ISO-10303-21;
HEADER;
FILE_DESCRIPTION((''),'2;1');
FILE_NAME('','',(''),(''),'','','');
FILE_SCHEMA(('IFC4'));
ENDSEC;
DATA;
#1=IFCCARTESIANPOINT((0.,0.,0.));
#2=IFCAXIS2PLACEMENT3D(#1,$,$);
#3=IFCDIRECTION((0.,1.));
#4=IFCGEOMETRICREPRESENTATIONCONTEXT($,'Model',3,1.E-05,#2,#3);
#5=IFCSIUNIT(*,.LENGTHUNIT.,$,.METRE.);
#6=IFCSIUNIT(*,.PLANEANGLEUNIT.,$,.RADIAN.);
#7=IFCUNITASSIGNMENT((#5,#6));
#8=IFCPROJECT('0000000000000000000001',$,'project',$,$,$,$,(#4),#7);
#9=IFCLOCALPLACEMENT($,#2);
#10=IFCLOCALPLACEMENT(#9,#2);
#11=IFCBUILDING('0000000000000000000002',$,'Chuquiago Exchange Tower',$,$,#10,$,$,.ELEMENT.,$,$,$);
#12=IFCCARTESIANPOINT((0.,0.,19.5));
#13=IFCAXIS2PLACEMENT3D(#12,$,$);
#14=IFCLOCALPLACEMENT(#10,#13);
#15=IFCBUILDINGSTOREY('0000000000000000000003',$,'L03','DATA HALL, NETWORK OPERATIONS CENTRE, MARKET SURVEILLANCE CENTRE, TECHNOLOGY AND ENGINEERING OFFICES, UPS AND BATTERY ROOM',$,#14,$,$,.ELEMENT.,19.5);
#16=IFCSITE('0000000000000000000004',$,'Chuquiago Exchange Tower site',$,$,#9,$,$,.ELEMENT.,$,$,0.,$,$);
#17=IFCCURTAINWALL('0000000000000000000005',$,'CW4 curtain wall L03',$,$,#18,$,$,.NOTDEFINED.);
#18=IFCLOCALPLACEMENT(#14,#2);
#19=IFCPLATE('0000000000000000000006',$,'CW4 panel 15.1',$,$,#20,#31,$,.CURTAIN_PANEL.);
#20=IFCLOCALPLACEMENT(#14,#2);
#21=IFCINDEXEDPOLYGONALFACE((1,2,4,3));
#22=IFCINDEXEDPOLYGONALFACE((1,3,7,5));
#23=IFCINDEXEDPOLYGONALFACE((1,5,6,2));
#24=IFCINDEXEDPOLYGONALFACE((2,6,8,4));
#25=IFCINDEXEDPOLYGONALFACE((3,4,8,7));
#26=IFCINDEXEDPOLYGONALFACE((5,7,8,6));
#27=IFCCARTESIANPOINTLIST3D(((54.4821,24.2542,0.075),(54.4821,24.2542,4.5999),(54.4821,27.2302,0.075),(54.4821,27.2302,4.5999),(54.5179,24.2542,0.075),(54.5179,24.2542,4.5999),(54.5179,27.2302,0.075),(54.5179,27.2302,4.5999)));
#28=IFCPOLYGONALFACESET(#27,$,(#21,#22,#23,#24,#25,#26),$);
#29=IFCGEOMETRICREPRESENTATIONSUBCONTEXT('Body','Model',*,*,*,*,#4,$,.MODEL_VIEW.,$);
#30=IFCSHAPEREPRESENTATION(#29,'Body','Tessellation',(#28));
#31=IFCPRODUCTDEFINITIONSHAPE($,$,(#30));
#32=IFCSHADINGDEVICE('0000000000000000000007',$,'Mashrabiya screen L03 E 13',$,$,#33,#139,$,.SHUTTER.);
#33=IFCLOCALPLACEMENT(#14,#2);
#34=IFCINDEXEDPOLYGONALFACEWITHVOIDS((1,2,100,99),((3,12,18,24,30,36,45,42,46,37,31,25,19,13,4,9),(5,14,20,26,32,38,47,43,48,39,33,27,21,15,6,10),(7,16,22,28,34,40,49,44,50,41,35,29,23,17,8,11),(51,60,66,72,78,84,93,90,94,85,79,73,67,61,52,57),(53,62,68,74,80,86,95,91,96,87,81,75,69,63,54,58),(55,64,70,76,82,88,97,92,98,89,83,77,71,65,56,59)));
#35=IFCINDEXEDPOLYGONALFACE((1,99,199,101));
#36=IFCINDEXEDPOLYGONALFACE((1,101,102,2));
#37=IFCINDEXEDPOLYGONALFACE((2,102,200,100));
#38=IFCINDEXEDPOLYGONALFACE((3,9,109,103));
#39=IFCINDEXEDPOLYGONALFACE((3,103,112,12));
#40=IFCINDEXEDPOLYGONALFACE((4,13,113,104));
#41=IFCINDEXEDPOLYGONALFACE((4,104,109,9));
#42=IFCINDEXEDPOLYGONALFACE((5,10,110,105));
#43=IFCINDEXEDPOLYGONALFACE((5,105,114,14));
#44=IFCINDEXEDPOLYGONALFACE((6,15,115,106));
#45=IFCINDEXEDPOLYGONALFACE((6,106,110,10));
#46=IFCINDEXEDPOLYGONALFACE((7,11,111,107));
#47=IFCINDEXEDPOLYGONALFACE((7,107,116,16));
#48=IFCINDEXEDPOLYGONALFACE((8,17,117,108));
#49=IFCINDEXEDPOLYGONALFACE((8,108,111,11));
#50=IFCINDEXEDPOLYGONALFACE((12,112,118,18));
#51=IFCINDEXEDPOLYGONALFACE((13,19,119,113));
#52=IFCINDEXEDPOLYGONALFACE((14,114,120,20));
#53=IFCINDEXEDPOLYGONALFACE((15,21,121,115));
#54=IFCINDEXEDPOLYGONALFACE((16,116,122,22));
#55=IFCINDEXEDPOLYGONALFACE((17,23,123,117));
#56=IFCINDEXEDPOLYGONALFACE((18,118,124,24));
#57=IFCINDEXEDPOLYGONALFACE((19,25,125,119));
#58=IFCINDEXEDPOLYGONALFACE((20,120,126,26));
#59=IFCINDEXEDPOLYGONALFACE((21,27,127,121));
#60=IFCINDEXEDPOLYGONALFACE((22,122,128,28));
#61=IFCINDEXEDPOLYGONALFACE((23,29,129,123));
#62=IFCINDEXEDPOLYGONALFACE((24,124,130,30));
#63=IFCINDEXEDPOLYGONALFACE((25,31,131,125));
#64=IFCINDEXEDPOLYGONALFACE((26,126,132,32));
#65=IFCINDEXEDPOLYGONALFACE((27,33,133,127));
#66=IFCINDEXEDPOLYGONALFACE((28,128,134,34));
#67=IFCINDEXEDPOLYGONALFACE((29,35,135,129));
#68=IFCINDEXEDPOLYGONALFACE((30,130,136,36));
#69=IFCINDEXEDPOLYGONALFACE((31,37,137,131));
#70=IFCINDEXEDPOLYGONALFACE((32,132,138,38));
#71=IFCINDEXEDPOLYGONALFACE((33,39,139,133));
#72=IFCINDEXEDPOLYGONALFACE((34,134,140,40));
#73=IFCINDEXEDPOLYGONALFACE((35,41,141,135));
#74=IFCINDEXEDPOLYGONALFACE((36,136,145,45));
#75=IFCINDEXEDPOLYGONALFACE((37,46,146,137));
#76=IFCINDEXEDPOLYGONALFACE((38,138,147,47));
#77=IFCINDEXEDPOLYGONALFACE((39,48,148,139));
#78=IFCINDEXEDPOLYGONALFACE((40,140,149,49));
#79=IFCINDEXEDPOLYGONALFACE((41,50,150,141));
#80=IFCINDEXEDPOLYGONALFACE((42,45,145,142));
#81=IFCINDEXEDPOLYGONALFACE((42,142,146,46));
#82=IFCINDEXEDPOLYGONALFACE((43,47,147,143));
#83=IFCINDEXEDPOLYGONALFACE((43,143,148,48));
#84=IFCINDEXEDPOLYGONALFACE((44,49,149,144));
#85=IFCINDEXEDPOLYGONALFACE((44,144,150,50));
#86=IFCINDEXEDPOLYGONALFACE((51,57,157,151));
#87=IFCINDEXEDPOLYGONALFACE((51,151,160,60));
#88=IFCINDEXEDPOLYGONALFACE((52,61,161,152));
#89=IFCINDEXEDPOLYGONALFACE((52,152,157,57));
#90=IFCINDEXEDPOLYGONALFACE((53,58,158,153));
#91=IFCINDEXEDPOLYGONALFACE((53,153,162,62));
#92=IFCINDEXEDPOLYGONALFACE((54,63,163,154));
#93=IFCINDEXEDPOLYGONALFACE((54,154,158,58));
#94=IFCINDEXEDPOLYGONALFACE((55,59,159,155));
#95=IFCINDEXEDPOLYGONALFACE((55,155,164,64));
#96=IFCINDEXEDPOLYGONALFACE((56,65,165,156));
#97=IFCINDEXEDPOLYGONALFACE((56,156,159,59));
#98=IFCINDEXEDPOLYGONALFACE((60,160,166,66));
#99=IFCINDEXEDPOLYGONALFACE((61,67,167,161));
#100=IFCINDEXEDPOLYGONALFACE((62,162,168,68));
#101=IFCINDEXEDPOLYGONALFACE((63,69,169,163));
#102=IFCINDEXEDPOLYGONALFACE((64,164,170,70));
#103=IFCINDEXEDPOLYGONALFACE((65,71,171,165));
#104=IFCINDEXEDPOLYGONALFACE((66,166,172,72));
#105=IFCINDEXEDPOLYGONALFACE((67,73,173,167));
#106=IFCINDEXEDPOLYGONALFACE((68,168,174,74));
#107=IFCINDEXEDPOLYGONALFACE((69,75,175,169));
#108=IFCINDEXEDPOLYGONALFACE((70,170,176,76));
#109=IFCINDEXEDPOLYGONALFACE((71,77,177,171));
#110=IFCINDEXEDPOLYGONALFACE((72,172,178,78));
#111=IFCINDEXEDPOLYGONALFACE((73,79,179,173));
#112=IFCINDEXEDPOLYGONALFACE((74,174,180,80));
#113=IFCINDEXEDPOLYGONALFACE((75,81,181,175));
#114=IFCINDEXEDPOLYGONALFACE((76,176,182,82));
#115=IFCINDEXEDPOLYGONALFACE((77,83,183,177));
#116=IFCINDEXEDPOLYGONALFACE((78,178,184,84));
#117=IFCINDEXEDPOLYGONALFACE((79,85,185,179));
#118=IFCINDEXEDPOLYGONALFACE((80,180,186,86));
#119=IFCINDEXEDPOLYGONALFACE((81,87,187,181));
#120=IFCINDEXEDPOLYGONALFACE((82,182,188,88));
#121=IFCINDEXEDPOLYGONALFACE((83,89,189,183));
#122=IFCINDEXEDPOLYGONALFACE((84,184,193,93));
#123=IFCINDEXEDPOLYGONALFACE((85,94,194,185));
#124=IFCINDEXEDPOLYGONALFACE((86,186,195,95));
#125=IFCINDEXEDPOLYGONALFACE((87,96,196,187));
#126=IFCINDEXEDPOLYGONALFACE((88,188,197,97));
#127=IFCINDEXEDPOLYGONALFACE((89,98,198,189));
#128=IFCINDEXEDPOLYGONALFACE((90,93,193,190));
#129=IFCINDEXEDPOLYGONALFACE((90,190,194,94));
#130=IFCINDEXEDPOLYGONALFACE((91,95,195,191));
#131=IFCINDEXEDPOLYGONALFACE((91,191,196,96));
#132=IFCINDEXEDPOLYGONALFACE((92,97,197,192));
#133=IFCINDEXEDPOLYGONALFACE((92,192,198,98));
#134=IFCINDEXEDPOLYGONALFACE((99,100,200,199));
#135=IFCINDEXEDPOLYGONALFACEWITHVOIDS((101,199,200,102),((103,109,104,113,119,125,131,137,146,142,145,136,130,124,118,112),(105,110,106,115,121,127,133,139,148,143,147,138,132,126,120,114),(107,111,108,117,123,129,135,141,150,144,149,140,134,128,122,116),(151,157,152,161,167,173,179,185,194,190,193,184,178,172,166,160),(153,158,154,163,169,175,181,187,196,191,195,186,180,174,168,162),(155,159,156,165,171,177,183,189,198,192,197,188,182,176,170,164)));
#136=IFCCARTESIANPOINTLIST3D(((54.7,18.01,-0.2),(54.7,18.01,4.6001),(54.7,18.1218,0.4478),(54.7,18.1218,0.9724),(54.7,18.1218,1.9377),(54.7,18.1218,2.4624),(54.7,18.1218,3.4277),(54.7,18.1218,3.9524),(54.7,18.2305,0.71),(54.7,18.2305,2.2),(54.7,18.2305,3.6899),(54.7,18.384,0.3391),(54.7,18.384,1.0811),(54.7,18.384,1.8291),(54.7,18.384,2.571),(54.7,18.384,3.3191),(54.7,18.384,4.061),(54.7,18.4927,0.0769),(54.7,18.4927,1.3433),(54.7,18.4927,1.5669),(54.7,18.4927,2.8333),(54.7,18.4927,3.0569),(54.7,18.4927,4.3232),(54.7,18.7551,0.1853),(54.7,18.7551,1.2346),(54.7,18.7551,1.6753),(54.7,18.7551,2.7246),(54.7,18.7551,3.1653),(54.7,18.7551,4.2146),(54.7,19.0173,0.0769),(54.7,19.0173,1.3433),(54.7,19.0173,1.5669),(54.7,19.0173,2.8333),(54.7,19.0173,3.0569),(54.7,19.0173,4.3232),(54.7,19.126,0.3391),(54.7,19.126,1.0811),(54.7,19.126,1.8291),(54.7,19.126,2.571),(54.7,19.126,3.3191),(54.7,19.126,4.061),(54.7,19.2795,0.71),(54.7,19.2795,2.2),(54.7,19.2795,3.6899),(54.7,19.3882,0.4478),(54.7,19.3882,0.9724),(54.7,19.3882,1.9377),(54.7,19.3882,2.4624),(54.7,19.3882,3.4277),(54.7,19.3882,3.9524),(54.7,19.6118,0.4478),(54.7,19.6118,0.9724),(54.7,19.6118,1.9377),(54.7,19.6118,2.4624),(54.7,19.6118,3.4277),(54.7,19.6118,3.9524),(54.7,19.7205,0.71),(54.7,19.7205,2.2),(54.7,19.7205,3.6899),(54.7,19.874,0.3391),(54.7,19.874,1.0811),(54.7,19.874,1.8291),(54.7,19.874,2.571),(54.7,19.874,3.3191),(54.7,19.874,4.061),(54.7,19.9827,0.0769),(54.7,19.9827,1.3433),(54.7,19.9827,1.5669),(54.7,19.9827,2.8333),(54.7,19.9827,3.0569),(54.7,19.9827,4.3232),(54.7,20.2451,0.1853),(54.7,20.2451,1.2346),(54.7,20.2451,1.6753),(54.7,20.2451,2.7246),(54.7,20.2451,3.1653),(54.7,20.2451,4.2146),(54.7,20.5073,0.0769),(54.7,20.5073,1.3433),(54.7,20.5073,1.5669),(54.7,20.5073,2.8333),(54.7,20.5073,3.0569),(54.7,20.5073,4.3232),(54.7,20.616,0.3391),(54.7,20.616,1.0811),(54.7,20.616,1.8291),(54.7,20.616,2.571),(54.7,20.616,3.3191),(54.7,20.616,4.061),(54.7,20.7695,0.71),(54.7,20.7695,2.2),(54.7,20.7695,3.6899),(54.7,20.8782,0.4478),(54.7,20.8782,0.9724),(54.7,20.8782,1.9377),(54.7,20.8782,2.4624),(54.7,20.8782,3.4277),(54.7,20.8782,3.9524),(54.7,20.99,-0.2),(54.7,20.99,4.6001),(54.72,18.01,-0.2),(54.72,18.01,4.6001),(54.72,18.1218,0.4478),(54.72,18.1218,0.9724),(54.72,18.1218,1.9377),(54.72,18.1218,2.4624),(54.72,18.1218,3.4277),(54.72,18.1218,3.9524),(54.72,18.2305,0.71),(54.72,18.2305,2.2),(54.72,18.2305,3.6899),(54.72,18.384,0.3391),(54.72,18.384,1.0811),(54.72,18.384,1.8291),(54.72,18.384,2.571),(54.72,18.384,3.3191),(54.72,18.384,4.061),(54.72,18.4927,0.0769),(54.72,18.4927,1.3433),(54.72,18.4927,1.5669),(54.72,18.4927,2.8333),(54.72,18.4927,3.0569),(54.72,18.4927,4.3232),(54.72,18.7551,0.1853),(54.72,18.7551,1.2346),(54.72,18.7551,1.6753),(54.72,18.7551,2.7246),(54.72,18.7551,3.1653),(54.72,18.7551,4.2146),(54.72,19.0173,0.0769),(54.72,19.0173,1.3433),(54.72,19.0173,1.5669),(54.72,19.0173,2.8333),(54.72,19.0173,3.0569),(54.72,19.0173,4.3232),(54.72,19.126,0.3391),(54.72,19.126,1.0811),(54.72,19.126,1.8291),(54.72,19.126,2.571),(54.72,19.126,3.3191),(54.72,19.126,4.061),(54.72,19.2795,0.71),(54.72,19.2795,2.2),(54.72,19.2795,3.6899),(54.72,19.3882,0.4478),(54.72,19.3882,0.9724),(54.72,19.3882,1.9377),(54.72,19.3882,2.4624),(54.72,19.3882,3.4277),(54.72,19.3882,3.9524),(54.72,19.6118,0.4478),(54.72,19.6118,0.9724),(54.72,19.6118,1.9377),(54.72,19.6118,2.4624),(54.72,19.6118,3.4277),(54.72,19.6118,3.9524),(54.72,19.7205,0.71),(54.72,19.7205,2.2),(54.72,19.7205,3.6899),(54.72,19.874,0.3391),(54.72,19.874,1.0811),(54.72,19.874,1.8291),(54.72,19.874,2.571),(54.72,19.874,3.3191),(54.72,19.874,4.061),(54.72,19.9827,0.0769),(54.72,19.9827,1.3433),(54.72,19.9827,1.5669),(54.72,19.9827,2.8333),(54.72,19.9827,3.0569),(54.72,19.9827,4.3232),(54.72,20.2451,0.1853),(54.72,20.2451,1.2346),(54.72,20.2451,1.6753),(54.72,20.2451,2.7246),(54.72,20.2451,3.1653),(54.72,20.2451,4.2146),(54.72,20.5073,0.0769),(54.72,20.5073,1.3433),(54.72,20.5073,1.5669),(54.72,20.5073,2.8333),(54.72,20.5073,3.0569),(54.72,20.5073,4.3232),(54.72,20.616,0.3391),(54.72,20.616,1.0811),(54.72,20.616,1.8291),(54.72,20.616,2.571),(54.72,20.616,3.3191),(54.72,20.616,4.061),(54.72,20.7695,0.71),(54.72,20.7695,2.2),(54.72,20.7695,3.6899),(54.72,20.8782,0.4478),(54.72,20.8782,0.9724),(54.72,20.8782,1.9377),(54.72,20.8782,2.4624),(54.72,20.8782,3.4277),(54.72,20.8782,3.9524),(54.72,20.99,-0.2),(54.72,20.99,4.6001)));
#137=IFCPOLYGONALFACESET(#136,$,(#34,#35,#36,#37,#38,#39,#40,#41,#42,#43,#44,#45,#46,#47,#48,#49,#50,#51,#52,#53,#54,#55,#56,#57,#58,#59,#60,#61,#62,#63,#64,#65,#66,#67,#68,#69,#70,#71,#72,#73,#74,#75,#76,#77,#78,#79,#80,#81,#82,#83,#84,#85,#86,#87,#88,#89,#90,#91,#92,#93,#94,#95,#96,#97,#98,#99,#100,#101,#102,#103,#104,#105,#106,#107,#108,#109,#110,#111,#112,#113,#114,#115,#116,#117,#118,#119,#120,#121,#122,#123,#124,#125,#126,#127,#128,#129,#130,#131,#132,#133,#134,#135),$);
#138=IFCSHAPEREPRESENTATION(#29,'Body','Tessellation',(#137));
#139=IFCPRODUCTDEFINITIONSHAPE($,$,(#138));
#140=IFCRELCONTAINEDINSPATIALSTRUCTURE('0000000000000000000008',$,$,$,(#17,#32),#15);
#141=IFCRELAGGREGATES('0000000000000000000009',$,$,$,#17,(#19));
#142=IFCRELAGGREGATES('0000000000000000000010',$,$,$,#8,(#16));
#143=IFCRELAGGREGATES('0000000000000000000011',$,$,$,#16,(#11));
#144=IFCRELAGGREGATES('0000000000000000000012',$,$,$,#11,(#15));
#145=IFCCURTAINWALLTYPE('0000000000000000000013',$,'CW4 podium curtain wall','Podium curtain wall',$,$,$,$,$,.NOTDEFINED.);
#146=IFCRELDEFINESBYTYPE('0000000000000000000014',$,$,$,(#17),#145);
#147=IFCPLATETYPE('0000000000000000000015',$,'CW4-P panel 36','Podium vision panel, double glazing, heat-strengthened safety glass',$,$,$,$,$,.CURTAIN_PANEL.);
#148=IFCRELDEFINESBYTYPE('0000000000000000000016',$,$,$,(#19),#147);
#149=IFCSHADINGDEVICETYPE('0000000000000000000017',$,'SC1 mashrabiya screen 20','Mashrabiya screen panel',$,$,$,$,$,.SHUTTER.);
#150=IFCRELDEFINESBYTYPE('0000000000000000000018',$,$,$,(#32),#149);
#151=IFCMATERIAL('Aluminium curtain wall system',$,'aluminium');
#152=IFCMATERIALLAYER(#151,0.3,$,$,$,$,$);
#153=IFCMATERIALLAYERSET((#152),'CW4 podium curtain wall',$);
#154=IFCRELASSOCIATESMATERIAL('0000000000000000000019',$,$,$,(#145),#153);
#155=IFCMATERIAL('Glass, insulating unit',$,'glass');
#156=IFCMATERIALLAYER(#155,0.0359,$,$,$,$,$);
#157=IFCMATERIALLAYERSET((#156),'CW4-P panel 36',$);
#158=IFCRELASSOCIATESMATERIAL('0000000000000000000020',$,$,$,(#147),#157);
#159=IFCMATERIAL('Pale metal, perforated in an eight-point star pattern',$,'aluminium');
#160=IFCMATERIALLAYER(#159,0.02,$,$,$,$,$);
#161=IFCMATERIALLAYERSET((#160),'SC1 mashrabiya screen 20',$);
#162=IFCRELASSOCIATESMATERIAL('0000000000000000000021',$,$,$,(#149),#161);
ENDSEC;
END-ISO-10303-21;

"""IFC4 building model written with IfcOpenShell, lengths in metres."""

from ifc_helpers import new_model, si_unit, direction, frame, origin, origin_2d, place, context, subcontext, project, spatial, polyline, rectangle, outline, extrude, material, layer, layer_set, type_object, element, aggregate, save


model = new_model("IFC4")

# Units and contexts
model_context = context("Model", 3, precision=1e-05, world=origin(), true_north=direction((0.0, 1.0)))
body_context = subcontext(model_context, "Body", "Model", "MODEL_VIEW")
ifc_project = project(units=[si_unit("LENGTHUNIT", "METRE"), si_unit("PLANEANGLEUNIT", "RADIAN")], contexts=[model_context])

# Site, building, storey
site_placement = place(None, origin())
site = spatial("IfcSite", under=ifc_project, at=site_placement, Name="Chuquiago Exchange Tower site", CompositionType="ELEMENT", RefElevation=0.0)
building_placement = place(site_placement, origin())
building = spatial("IfcBuilding", under=site, at=building_placement, Name="Chuquiago Exchange Tower", CompositionType="ELEMENT")
storey_placement = place(building_placement, frame((0.0, 0.0, 19.5)))
storey = spatial("IfcBuildingStorey", under=building, at=storey_placement, Name="L03", Description="DATA HALL, NETWORK OPERATIONS CENTRE, MARKET SURVEILLANCE CENTRE, TECHNOLOGY AND ENGINEERING OFFICES, UPS AND BATTERY ROOM", CompositionType="ELEMENT", Elevation=19.5)

# Curtain wall
ifc_material_1 = material(Name="Aluminium curtain wall system", Category="aluminium")
ifc_layer_1 = layer(ifc_material_1, 0.3)
ifc_layer_set_1 = layer_set([ifc_layer_1], Name="CW4 podium curtain wall")
curtain_wall_type = type_object("IfcCurtainWallType", Name="CW4 podium curtain wall", Description="Podium curtain wall", PredefinedType="NOTDEFINED", material=ifc_layer_set_1)
curtain_wall_placement = place(storey_placement, origin())
curtain_wall = element("IfcCurtainWall", 1, at=curtain_wall_placement, inside=storey, type_object=curtain_wall_type, Name="CW4 curtain wall L03", PredefinedType="NOTDEFINED")

# Plate
ifc_material_2 = material(Name="Glass, insulating unit", Category="glass")
ifc_layer_2 = layer(ifc_material_2, 0.0359)
ifc_layer_set_2 = layer_set([ifc_layer_2], Name="CW4-P panel 36")
plate_type = type_object("IfcPlateType", Name="CW4-P panel 36", Description="Podium vision panel, double glazing, heat-strengthened safety glass", PredefinedType="CURTAIN_PANEL", material=ifc_layer_set_2)
plate_1_placement = place(storey_placement, frame((54.5, 25.7422, 0.075), z_axis=(0.0, 0.0, 1.0), x_axis=(0.0, 1.0, 0.0)))
plate_1 = element("IfcPlate", 2, at=plate_1_placement, type_object=plate_type, Name="CW4 panel 15.1", PredefinedType="CURTAIN_PANEL", context=body_context, shape_type="SweptSolid", body=[
    extrude(rectangle(XDim=2.9761, YDim=0.0359, at=origin_2d()), origin(), (0.0, 0.0, 1.0), 4.5249),
])
aggregate(curtain_wall, [plate_1])

# Shading device
ifc_material_3 = material(Name="Pale metal, perforated in an eight-point star pattern", Category="aluminium")
ifc_layer_3 = layer(ifc_material_3, 0.02)
ifc_layer_set_3 = layer_set([ifc_layer_3], Name="SC1 mashrabiya screen 20")
shading_device_type = type_object("IfcShadingDeviceType", Name="SC1 mashrabiya screen 20", Description="Mashrabiya screen panel", PredefinedType="SHUTTER", material=ifc_layer_set_3)
shading_device_1_placement = place(storey_placement, frame((54.7, 18.01, -0.2), z_axis=(0.0, 0.0, 1.0), x_axis=(0.0, 1.0, 0.0)))
element("IfcShadingDevice", 3, at=shading_device_1_placement, inside=storey, type_object=shading_device_type, Name="Mashrabiya screen L03 E 13", PredefinedType="SHUTTER", context=body_context, shape_type="SweptSolid", body=[
    extrude(outline(polyline([(0.0, 0.0), (2.98, 0.0), (2.98, 4.8), (0.0, 4.8), (0.0, 0.0)]), holes=[polyline([(1.2695, 0.9099), (1.3782, 1.1724), (1.116, 1.281), (1.0073, 1.5432), (0.7451, 1.4346), (0.4827, 1.5432), (0.374, 1.281), (0.1118, 1.1724), (0.2205, 0.9099), (0.1118, 0.6477), (0.374, 0.5391), (0.4827, 0.2769), (0.7451, 0.3853), (1.0073, 0.2769), (1.116, 0.5391), (1.3782, 0.6477), (1.2695, 0.9099)]), polyline([(2.7595, 0.9099), (2.8682, 1.1724), (2.606, 1.281), (2.4973, 1.5432), (2.2351, 1.4346), (1.9727, 1.5432), (1.864, 1.281), (1.6018, 1.1724), (1.7104, 0.9099), (1.6018, 0.6477), (1.864, 0.5391), (1.9727, 0.2769), (2.2351, 0.3853), (2.4973, 0.2769), (2.606, 0.5391), (2.8682, 0.6477), (2.7595, 0.9099)]), polyline([(1.2695, 2.3999), (1.3782, 2.6624), (1.116, 2.771), (1.0073, 3.0332), (0.7451, 2.9246), (0.4827, 3.0332), (0.374, 2.771), (0.1118, 2.6624), (0.2205, 2.3999), (0.1118, 2.1377), (0.374, 2.0291), (0.4827, 1.7668), (0.7451, 1.8752), (1.0073, 1.7668), (1.116, 2.0291), (1.3782, 2.1377), (1.2695, 2.3999)]), polyline([(2.7595, 2.3999), (2.8682, 2.6624), (2.606, 2.771), (2.4973, 3.0332), (2.2351, 2.9246), (1.9727, 3.0332), (1.864, 2.771), (1.6018, 2.6624), (1.7104, 2.3999), (1.6018, 2.1377), (1.864, 2.0291), (1.9727, 1.7668), (2.2351, 1.8752), (2.4973, 1.7668), (2.606, 2.0291), (2.8682, 2.1377), (2.7595, 2.3999)]), polyline([(1.2695, 3.8899), (1.3782, 4.1523), (1.116, 4.261), (1.0073, 4.5232), (0.7451, 4.4146), (0.4827, 4.5232), (0.374, 4.261), (0.1118, 4.1523), (0.2205, 3.8899), (0.1118, 3.6277), (0.374, 3.519), (0.4827, 3.2568), (0.7451, 3.3652), (1.0073, 3.2568), (1.116, 3.519), (1.3782, 3.6277), (1.2695, 3.8899)]), polyline([(2.7595, 3.8899), (2.8682, 4.1523), (2.606, 4.261), (2.4973, 4.5232), (2.2351, 4.4146), (1.9727, 4.5232), (1.864, 4.261), (1.6018, 4.1523), (1.7104, 3.8899), (1.6018, 3.6277), (1.864, 3.519), (1.9727, 3.2568), (2.2351, 3.3652), (2.4973, 3.2568), (2.606, 3.519), (2.8682, 3.6277), (2.7595, 3.8899)])]), frame((0.0, 0.0, 0.0), z_axis=(0.0, -1.0, 0.0), x_axis=(1.0, 0.0, 0.0)), (0.0, 0.0, 1.0), 0.02),
])

save(model, "model.ifc")
